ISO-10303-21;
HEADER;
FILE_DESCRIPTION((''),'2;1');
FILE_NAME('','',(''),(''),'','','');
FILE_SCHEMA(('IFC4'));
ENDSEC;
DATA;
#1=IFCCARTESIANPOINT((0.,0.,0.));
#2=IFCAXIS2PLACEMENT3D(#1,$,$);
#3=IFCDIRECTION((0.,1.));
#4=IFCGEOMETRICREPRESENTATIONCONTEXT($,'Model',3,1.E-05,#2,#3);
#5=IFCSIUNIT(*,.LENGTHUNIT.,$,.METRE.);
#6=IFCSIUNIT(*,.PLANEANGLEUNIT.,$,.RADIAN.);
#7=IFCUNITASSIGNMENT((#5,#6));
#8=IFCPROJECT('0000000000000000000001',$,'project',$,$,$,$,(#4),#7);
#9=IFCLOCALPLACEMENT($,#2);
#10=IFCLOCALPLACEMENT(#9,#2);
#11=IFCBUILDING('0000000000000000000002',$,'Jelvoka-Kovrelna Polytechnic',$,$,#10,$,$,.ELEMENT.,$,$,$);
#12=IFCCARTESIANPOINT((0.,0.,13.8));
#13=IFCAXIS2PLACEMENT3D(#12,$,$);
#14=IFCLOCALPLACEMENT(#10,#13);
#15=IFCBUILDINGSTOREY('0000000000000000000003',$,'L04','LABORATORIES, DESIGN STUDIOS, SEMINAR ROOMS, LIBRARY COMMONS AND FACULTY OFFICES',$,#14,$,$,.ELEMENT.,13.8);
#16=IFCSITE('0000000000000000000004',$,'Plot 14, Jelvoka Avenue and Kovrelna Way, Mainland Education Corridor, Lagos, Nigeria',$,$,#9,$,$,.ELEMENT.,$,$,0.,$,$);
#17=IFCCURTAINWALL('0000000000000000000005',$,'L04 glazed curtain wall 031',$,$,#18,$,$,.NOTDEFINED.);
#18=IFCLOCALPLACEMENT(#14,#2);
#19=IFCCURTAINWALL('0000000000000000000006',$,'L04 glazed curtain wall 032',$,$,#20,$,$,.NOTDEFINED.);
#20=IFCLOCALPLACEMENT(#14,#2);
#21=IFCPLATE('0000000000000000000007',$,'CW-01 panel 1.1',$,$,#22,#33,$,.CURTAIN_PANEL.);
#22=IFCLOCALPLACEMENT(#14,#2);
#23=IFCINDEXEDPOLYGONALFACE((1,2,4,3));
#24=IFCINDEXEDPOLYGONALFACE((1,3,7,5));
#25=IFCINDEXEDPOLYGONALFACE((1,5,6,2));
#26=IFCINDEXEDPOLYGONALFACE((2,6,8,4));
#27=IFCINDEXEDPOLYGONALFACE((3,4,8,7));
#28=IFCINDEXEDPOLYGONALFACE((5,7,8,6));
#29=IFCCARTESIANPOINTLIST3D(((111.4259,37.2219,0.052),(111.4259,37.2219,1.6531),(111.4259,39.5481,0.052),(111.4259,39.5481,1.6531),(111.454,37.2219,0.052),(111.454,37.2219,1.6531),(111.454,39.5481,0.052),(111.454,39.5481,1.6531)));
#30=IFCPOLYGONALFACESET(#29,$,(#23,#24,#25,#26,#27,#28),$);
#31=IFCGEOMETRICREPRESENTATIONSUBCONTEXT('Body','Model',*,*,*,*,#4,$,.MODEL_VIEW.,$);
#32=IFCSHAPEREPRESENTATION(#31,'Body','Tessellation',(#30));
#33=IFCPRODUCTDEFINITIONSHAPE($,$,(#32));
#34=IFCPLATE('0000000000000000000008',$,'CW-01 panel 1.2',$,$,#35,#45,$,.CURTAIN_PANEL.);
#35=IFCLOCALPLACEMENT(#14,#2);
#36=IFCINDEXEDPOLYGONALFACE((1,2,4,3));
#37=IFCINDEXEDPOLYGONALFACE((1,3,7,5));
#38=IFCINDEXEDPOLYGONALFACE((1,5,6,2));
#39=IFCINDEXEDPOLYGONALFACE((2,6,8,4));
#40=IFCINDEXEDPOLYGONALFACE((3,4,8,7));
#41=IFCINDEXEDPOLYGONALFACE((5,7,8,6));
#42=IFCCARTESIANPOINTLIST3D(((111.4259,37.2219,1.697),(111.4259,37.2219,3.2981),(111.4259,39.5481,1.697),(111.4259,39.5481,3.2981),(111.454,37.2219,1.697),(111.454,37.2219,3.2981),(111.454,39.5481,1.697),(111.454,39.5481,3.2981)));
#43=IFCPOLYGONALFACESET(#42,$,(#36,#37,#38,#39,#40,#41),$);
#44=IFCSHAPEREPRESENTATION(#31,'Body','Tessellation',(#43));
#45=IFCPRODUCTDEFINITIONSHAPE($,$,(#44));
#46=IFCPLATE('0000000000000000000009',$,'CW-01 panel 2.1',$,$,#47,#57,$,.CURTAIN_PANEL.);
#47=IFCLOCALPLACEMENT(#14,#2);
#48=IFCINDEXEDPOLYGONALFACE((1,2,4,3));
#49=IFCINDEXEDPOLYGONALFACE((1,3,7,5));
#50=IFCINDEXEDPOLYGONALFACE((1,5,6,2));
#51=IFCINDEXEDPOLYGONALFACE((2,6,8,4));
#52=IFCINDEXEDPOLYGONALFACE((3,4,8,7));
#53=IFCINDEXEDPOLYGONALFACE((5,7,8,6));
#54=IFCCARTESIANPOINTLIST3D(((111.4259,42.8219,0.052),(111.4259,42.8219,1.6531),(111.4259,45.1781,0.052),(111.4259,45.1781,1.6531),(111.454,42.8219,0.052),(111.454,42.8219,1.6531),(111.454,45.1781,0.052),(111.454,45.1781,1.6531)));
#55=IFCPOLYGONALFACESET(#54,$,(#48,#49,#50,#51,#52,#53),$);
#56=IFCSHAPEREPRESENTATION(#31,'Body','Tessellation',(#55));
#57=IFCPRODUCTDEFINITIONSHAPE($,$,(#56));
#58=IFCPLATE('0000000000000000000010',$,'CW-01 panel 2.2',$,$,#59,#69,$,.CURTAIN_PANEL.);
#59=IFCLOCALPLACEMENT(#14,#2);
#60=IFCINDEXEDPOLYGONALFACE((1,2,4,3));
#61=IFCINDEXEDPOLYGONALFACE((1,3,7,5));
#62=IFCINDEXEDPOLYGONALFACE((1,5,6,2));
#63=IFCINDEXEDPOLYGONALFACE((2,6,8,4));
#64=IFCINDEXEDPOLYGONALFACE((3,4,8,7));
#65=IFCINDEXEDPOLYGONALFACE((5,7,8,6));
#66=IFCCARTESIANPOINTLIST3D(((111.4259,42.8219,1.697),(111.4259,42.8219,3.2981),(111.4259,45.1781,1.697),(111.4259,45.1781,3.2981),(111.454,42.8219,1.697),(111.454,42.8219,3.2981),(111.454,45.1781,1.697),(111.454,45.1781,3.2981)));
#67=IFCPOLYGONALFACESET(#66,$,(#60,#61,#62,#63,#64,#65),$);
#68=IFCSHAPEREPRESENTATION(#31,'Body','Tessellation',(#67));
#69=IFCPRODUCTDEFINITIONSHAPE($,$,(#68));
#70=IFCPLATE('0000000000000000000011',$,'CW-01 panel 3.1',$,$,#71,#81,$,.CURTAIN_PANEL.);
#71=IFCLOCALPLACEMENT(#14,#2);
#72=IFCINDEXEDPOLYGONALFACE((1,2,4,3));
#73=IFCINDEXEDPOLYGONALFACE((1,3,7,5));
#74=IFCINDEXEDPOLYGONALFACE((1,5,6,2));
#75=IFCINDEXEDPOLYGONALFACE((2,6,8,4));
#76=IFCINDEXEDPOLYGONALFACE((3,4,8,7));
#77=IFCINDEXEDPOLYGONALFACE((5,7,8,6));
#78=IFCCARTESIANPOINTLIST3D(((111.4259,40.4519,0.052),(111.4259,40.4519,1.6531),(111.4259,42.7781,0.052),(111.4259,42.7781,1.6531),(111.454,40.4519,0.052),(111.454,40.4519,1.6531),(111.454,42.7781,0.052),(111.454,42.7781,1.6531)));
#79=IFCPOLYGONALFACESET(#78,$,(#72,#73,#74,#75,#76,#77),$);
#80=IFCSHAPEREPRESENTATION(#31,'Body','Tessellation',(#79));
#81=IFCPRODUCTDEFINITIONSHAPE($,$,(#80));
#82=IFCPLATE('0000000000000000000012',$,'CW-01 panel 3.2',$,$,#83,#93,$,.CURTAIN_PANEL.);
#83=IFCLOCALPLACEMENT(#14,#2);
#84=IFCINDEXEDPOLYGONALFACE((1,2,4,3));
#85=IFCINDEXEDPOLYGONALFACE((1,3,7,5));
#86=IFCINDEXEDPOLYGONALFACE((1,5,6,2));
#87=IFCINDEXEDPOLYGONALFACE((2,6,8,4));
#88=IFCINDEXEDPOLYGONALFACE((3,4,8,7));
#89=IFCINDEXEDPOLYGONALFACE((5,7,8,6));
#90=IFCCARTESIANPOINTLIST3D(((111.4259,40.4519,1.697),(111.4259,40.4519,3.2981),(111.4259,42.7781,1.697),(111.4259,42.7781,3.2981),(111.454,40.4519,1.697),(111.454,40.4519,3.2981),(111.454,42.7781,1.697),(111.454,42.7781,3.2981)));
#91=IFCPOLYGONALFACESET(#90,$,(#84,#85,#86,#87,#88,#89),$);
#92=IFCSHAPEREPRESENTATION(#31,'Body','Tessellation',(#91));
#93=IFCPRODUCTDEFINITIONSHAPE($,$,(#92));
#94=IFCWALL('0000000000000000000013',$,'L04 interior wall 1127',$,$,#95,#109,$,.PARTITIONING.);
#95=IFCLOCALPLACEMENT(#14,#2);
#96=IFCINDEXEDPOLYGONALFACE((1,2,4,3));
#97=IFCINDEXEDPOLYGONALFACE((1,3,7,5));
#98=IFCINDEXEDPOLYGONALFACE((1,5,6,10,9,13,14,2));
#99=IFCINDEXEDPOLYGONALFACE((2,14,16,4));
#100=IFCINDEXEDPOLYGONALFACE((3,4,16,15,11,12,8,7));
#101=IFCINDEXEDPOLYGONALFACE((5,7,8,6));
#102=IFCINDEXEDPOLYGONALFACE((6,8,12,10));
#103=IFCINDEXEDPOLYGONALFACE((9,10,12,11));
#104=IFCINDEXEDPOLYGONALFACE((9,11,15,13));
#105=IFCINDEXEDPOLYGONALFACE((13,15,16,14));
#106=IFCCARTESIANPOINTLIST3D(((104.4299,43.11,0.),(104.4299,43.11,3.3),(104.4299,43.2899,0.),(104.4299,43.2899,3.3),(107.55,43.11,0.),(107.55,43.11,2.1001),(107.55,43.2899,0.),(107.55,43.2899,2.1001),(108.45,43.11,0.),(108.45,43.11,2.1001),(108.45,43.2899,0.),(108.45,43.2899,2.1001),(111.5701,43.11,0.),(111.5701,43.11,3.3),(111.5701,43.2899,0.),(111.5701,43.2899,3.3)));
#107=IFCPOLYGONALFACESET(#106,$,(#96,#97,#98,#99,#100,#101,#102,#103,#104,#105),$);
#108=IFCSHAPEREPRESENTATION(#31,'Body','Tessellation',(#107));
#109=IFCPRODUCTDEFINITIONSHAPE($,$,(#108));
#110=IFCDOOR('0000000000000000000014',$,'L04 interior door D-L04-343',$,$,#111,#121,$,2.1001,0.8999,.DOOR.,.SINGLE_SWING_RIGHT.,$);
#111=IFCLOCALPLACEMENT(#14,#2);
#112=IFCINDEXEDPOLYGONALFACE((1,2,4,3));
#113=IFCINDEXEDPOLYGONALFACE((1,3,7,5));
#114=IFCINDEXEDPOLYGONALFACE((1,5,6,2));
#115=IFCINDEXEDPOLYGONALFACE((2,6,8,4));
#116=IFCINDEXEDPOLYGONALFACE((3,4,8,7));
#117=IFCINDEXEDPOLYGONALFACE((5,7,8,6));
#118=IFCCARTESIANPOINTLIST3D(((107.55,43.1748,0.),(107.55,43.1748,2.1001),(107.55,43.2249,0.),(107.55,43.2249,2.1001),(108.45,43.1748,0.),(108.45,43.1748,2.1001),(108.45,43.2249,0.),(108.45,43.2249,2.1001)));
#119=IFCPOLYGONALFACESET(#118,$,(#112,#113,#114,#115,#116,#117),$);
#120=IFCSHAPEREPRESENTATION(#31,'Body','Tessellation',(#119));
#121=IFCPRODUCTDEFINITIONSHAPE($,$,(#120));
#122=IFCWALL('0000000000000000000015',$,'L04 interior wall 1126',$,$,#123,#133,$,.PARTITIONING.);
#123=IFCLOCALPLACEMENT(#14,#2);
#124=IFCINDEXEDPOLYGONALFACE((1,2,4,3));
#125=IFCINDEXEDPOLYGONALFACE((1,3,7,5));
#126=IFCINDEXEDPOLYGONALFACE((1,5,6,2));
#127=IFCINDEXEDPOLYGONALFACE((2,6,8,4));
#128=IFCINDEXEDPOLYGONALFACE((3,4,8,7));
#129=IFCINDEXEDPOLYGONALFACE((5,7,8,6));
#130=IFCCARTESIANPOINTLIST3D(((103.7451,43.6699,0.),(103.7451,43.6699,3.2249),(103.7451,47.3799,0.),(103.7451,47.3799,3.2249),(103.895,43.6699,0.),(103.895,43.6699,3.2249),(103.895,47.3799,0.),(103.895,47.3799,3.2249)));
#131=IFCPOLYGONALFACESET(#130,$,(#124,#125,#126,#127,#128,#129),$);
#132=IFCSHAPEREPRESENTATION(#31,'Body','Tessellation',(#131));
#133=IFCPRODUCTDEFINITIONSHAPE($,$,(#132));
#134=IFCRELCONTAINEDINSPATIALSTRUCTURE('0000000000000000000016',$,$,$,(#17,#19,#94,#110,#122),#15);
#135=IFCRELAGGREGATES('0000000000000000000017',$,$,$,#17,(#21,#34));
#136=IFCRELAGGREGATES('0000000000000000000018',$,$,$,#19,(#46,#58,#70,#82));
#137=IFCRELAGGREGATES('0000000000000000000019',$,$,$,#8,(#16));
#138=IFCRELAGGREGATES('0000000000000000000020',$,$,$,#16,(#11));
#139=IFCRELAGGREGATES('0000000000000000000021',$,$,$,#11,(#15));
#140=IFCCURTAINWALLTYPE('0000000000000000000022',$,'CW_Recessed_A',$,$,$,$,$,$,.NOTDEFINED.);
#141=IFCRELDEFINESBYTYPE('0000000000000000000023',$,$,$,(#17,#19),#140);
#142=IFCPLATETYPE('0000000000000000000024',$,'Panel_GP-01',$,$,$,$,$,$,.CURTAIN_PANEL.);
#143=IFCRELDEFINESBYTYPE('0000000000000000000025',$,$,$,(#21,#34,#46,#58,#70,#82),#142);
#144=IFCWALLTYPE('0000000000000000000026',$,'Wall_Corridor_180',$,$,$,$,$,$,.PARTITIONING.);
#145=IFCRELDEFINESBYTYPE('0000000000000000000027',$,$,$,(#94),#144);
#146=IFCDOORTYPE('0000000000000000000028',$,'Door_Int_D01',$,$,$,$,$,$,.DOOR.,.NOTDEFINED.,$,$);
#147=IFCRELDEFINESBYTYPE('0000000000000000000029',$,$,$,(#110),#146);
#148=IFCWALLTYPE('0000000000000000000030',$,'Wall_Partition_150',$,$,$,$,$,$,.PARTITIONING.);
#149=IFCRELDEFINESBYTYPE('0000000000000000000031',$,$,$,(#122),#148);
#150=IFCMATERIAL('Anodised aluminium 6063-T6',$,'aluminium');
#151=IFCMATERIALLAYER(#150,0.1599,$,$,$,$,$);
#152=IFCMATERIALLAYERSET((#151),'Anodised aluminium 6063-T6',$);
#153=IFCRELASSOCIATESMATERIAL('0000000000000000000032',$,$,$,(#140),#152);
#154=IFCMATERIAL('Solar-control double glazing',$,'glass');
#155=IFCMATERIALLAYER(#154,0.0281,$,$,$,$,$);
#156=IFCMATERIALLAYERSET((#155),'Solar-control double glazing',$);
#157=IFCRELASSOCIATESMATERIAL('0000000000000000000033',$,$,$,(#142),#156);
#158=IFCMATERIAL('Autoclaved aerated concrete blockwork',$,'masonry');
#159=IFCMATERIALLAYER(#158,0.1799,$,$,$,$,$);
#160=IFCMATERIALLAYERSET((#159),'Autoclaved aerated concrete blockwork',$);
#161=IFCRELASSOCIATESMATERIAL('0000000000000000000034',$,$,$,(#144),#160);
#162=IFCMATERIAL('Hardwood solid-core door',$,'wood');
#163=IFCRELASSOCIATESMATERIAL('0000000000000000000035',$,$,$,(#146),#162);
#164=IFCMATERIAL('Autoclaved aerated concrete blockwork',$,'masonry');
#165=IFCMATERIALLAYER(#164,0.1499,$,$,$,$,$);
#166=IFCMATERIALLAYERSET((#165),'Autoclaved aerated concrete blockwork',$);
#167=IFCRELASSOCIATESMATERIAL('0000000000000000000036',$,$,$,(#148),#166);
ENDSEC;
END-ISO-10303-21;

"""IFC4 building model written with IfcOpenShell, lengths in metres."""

from ifc_helpers import new_model, si_unit, direction, frame, frame_2d, origin, origin_2d, place, context, subcontext, project, spatial, rectangle, extrude, material, layer, layer_set, type_object, element, fill, aggregate, save


model = new_model("IFC4")

# Units and contexts
model_context = context("Model", 3, precision=1e-05, world=origin(), true_north=direction((0.0, 1.0)))
body_context = subcontext(model_context, "Body", "Model", "MODEL_VIEW")
ifc_project = project(units=[si_unit("LENGTHUNIT", "METRE"), si_unit("PLANEANGLEUNIT", "RADIAN")], contexts=[model_context])

# Site, building, storey
site_placement = place(None, origin())
site = spatial("IfcSite", under=ifc_project, at=site_placement, Name="Plot 14, Jelvoka Avenue and Kovrelna Way, Mainland Education Corridor, Lagos, Nigeria", CompositionType="ELEMENT", RefElevation=0.0)
building_placement = place(site_placement, origin())
building = spatial("IfcBuilding", under=site, at=building_placement, Name="Jelvoka-Kovrelna Polytechnic", CompositionType="ELEMENT")
storey_placement = place(building_placement, frame((0.0, 0.0, 13.8)))
storey = spatial("IfcBuildingStorey", under=building, at=storey_placement, Name="L04", Description="LABORATORIES, DESIGN STUDIOS, SEMINAR ROOMS, LIBRARY COMMONS AND FACULTY OFFICES", CompositionType="ELEMENT", Elevation=13.8)

# Curtain walls
ifc_material_1 = material(Name="Anodised aluminium 6063-T6", Category="aluminium")
ifc_layer_1 = layer(ifc_material_1, 0.1599)
ifc_layer_set_1 = layer_set([ifc_layer_1], Name="Anodised aluminium 6063-T6")
curtain_wall_type = type_object("IfcCurtainWallType", Name="CW_Recessed_A", PredefinedType="NOTDEFINED", material=ifc_layer_set_1)
curtain_wall_1_placement = place(storey_placement, origin())
curtain_wall_1 = element("IfcCurtainWall", 1, at=curtain_wall_1_placement, inside=storey, type_object=curtain_wall_type, Name="L04 glazed curtain wall 031", PredefinedType="NOTDEFINED")
curtain_wall_2_placement = place(storey_placement, origin())
curtain_wall_2 = element("IfcCurtainWall", 2, at=curtain_wall_2_placement, inside=storey, type_object=curtain_wall_type, Name="L04 glazed curtain wall 032", PredefinedType="NOTDEFINED")

# Plates
ifc_material_2 = material(Name="Solar-control double glazing", Category="glass")
ifc_layer_2 = layer(ifc_material_2, 0.0281)
ifc_layer_set_2 = layer_set([ifc_layer_2], Name="Solar-control double glazing")
plate_type = type_object("IfcPlateType", Name="Panel_GP-01", PredefinedType="CURTAIN_PANEL", material=ifc_layer_set_2)
plate_1_placement = place(storey_placement, frame((111.4399, 38.385, 0.052), z_axis=(0.0, 0.0, 1.0), x_axis=(0.0, -1.0, 0.0)))
plate_1 = element("IfcPlate", 3, at=plate_1_placement, type_object=plate_type, Name="CW-01 panel 1.1", PredefinedType="CURTAIN_PANEL", context=body_context, shape_type="SweptSolid", body=[
    extrude(rectangle(XDim=2.3262, YDim=0.0281, at=origin_2d()), origin(), (0.0, 0.0, 1.0), 1.6011),
])
plate_2_placement = place(storey_placement, frame((111.4399, 38.385, 1.697), z_axis=(0.0, 0.0, 1.0), x_axis=(0.0, -1.0, 0.0)))
plate_2 = element("IfcPlate", 4, at=plate_2_placement, type_object=plate_type, Name="CW-01 panel 1.2", PredefinedType="CURTAIN_PANEL", context=body_context, shape_type="SweptSolid", body=[
    extrude(rectangle(XDim=2.3262, YDim=0.0281, at=origin_2d()), origin(), (0.0, 0.0, 1.0), 1.6011),
])
aggregate(curtain_wall_1, [plate_1, plate_2])
plate_3_placement = place(storey_placement, frame((111.4399, 44.0, 0.052), z_axis=(0.0, 0.0, 1.0), x_axis=(0.0, -1.0, 0.0)))
plate_3 = element("IfcPlate", 5, at=plate_3_placement, type_object=plate_type, Name="CW-01 panel 2.1", PredefinedType="CURTAIN_PANEL", context=body_context, shape_type="SweptSolid", body=[
    extrude(rectangle(XDim=2.3562, YDim=0.0281, at=origin_2d()), origin(), (0.0, 0.0, 1.0), 1.6011),
])
plate_4_placement = place(storey_placement, frame((111.4399, 44.0, 1.697), z_axis=(0.0, 0.0, 1.0), x_axis=(0.0, -1.0, 0.0)))
plate_4 = element("IfcPlate", 6, at=plate_4_placement, type_object=plate_type, Name="CW-01 panel 2.2", PredefinedType="CURTAIN_PANEL", context=body_context, shape_type="SweptSolid", body=[
    extrude(rectangle(XDim=2.3562, YDim=0.0281, at=origin_2d()), origin(), (0.0, 0.0, 1.0), 1.6011),
])
plate_5_placement = place(storey_placement, frame((111.4399, 41.615, 0.052), z_axis=(0.0, 0.0, 1.0), x_axis=(0.0, -1.0, 0.0)))
plate_5 = element("IfcPlate", 7, at=plate_5_placement, type_object=plate_type, Name="CW-01 panel 3.1", PredefinedType="CURTAIN_PANEL", context=body_context, shape_type="SweptSolid", body=[
    extrude(rectangle(XDim=2.3262, YDim=0.0281, at=origin_2d()), origin(), (0.0, 0.0, 1.0), 1.6011),
])
plate_6_placement = place(storey_placement, frame((111.4399, 41.615, 1.697), z_axis=(0.0, 0.0, 1.0), x_axis=(0.0, -1.0, 0.0)))
plate_6 = element("IfcPlate", 8, at=plate_6_placement, type_object=plate_type, Name="CW-01 panel 3.2", PredefinedType="CURTAIN_PANEL", context=body_context, shape_type="SweptSolid", body=[
    extrude(rectangle(XDim=2.3262, YDim=0.0281, at=origin_2d()), origin(), (0.0, 0.0, 1.0), 1.6011),
])
aggregate(curtain_wall_2, [plate_3, plate_4, plate_5, plate_6])

# Wall, opening, door
ifc_material_3 = material(Name="Autoclaved aerated concrete blockwork", Category="masonry")
ifc_layer_3 = layer(ifc_material_3, 0.1799)
ifc_layer_set_3 = layer_set([ifc_layer_3], Name="Autoclaved aerated concrete blockwork")
wall_type_1 = type_object("IfcWallType", Name="Wall_Corridor_180", PredefinedType="PARTITIONING", material=ifc_layer_set_3)
wall_1_placement = place(storey_placement, frame((104.4299, 43.2, 0.0), z_axis=(0.0, 0.0, 1.0), x_axis=(1.0, 0.0, 0.0)))
wall_1 = element("IfcWall", 9, at=wall_1_placement, inside=storey, type_object=wall_type_1, Name="L04 interior wall 1127", PredefinedType="PARTITIONING", context=body_context, shape_type="SweptSolid", body=[
    extrude(rectangle(XDim=7.1401, YDim=0.1799, at=frame_2d((3.5701, 0.0))), origin(), (0.0, 0.0, 1.0), 3.3),
])
opening_placement = place(wall_1_placement, frame((3.1201, 0.0, 0.0)))
opening = element("IfcOpeningElement", 10, at=opening_placement, cuts=wall_1, PredefinedType="OPENING", context=body_context, shape_type="SweptSolid", body=[
    extrude(rectangle(XDim=0.8999, YDim=2.1001, at=frame_2d((0.45, 1.05))), frame((0.0, 0.0999, 0.0), z_axis=(0.0, -1.0, 0.0), x_axis=(1.0, 0.0, 0.0)), (0.0, 0.0, 1.0), 0.2),
])
ifc_material_4 = material(Name="Hardwood solid-core door", Category="wood")
door_type = type_object("IfcDoorType", Name="Door_Int_D01", OperationType="NOTDEFINED", PredefinedType="DOOR", material=ifc_material_4)
door_placement = place(opening_placement, origin())
door = element("IfcDoor", 11, at=door_placement, inside=storey, type_object=door_type, Name="L04 interior door D-L04-343", OperationType="SINGLE_SWING_RIGHT", OverallHeight=2.1001, OverallWidth=0.8999, PredefinedType="DOOR", context=body_context, shape_type="SweptSolid", body=[
    extrude(rectangle(XDim=0.8999, YDim=2.1001, at=frame_2d((0.45, 1.05))), frame((0.0, 0.0249, 0.0), z_axis=(0.0, -1.0, 0.0), x_axis=(1.0, 0.0, 0.0)), (0.0, 0.0, 1.0), 0.05),
])
fill(opening, door)

# Wall
ifc_material_5 = material(Name="Autoclaved aerated concrete blockwork", Category="masonry")
ifc_layer_4 = layer(ifc_material_5, 0.1499)
ifc_layer_set_4 = layer_set([ifc_layer_4], Name="Autoclaved aerated concrete blockwork")
wall_type_2 = type_object("IfcWallType", Name="Wall_Partition_150", PredefinedType="PARTITIONING", material=ifc_layer_set_4)
wall_2_placement = place(storey_placement, frame((103.8201, 43.6699, 0.0), z_axis=(0.0, 0.0, 1.0), x_axis=(0.0, 1.0, 0.0)))
element("IfcWall", 12, at=wall_2_placement, inside=storey, type_object=wall_type_2, Name="L04 interior wall 1126", PredefinedType="PARTITIONING", context=body_context, shape_type="SweptSolid", body=[
    extrude(rectangle(XDim=3.71, YDim=0.1499, at=frame_2d((1.855, 0.0))), origin(), (0.0, 0.0, 1.0), 3.2249),
])

save(model, "model.ifc")
